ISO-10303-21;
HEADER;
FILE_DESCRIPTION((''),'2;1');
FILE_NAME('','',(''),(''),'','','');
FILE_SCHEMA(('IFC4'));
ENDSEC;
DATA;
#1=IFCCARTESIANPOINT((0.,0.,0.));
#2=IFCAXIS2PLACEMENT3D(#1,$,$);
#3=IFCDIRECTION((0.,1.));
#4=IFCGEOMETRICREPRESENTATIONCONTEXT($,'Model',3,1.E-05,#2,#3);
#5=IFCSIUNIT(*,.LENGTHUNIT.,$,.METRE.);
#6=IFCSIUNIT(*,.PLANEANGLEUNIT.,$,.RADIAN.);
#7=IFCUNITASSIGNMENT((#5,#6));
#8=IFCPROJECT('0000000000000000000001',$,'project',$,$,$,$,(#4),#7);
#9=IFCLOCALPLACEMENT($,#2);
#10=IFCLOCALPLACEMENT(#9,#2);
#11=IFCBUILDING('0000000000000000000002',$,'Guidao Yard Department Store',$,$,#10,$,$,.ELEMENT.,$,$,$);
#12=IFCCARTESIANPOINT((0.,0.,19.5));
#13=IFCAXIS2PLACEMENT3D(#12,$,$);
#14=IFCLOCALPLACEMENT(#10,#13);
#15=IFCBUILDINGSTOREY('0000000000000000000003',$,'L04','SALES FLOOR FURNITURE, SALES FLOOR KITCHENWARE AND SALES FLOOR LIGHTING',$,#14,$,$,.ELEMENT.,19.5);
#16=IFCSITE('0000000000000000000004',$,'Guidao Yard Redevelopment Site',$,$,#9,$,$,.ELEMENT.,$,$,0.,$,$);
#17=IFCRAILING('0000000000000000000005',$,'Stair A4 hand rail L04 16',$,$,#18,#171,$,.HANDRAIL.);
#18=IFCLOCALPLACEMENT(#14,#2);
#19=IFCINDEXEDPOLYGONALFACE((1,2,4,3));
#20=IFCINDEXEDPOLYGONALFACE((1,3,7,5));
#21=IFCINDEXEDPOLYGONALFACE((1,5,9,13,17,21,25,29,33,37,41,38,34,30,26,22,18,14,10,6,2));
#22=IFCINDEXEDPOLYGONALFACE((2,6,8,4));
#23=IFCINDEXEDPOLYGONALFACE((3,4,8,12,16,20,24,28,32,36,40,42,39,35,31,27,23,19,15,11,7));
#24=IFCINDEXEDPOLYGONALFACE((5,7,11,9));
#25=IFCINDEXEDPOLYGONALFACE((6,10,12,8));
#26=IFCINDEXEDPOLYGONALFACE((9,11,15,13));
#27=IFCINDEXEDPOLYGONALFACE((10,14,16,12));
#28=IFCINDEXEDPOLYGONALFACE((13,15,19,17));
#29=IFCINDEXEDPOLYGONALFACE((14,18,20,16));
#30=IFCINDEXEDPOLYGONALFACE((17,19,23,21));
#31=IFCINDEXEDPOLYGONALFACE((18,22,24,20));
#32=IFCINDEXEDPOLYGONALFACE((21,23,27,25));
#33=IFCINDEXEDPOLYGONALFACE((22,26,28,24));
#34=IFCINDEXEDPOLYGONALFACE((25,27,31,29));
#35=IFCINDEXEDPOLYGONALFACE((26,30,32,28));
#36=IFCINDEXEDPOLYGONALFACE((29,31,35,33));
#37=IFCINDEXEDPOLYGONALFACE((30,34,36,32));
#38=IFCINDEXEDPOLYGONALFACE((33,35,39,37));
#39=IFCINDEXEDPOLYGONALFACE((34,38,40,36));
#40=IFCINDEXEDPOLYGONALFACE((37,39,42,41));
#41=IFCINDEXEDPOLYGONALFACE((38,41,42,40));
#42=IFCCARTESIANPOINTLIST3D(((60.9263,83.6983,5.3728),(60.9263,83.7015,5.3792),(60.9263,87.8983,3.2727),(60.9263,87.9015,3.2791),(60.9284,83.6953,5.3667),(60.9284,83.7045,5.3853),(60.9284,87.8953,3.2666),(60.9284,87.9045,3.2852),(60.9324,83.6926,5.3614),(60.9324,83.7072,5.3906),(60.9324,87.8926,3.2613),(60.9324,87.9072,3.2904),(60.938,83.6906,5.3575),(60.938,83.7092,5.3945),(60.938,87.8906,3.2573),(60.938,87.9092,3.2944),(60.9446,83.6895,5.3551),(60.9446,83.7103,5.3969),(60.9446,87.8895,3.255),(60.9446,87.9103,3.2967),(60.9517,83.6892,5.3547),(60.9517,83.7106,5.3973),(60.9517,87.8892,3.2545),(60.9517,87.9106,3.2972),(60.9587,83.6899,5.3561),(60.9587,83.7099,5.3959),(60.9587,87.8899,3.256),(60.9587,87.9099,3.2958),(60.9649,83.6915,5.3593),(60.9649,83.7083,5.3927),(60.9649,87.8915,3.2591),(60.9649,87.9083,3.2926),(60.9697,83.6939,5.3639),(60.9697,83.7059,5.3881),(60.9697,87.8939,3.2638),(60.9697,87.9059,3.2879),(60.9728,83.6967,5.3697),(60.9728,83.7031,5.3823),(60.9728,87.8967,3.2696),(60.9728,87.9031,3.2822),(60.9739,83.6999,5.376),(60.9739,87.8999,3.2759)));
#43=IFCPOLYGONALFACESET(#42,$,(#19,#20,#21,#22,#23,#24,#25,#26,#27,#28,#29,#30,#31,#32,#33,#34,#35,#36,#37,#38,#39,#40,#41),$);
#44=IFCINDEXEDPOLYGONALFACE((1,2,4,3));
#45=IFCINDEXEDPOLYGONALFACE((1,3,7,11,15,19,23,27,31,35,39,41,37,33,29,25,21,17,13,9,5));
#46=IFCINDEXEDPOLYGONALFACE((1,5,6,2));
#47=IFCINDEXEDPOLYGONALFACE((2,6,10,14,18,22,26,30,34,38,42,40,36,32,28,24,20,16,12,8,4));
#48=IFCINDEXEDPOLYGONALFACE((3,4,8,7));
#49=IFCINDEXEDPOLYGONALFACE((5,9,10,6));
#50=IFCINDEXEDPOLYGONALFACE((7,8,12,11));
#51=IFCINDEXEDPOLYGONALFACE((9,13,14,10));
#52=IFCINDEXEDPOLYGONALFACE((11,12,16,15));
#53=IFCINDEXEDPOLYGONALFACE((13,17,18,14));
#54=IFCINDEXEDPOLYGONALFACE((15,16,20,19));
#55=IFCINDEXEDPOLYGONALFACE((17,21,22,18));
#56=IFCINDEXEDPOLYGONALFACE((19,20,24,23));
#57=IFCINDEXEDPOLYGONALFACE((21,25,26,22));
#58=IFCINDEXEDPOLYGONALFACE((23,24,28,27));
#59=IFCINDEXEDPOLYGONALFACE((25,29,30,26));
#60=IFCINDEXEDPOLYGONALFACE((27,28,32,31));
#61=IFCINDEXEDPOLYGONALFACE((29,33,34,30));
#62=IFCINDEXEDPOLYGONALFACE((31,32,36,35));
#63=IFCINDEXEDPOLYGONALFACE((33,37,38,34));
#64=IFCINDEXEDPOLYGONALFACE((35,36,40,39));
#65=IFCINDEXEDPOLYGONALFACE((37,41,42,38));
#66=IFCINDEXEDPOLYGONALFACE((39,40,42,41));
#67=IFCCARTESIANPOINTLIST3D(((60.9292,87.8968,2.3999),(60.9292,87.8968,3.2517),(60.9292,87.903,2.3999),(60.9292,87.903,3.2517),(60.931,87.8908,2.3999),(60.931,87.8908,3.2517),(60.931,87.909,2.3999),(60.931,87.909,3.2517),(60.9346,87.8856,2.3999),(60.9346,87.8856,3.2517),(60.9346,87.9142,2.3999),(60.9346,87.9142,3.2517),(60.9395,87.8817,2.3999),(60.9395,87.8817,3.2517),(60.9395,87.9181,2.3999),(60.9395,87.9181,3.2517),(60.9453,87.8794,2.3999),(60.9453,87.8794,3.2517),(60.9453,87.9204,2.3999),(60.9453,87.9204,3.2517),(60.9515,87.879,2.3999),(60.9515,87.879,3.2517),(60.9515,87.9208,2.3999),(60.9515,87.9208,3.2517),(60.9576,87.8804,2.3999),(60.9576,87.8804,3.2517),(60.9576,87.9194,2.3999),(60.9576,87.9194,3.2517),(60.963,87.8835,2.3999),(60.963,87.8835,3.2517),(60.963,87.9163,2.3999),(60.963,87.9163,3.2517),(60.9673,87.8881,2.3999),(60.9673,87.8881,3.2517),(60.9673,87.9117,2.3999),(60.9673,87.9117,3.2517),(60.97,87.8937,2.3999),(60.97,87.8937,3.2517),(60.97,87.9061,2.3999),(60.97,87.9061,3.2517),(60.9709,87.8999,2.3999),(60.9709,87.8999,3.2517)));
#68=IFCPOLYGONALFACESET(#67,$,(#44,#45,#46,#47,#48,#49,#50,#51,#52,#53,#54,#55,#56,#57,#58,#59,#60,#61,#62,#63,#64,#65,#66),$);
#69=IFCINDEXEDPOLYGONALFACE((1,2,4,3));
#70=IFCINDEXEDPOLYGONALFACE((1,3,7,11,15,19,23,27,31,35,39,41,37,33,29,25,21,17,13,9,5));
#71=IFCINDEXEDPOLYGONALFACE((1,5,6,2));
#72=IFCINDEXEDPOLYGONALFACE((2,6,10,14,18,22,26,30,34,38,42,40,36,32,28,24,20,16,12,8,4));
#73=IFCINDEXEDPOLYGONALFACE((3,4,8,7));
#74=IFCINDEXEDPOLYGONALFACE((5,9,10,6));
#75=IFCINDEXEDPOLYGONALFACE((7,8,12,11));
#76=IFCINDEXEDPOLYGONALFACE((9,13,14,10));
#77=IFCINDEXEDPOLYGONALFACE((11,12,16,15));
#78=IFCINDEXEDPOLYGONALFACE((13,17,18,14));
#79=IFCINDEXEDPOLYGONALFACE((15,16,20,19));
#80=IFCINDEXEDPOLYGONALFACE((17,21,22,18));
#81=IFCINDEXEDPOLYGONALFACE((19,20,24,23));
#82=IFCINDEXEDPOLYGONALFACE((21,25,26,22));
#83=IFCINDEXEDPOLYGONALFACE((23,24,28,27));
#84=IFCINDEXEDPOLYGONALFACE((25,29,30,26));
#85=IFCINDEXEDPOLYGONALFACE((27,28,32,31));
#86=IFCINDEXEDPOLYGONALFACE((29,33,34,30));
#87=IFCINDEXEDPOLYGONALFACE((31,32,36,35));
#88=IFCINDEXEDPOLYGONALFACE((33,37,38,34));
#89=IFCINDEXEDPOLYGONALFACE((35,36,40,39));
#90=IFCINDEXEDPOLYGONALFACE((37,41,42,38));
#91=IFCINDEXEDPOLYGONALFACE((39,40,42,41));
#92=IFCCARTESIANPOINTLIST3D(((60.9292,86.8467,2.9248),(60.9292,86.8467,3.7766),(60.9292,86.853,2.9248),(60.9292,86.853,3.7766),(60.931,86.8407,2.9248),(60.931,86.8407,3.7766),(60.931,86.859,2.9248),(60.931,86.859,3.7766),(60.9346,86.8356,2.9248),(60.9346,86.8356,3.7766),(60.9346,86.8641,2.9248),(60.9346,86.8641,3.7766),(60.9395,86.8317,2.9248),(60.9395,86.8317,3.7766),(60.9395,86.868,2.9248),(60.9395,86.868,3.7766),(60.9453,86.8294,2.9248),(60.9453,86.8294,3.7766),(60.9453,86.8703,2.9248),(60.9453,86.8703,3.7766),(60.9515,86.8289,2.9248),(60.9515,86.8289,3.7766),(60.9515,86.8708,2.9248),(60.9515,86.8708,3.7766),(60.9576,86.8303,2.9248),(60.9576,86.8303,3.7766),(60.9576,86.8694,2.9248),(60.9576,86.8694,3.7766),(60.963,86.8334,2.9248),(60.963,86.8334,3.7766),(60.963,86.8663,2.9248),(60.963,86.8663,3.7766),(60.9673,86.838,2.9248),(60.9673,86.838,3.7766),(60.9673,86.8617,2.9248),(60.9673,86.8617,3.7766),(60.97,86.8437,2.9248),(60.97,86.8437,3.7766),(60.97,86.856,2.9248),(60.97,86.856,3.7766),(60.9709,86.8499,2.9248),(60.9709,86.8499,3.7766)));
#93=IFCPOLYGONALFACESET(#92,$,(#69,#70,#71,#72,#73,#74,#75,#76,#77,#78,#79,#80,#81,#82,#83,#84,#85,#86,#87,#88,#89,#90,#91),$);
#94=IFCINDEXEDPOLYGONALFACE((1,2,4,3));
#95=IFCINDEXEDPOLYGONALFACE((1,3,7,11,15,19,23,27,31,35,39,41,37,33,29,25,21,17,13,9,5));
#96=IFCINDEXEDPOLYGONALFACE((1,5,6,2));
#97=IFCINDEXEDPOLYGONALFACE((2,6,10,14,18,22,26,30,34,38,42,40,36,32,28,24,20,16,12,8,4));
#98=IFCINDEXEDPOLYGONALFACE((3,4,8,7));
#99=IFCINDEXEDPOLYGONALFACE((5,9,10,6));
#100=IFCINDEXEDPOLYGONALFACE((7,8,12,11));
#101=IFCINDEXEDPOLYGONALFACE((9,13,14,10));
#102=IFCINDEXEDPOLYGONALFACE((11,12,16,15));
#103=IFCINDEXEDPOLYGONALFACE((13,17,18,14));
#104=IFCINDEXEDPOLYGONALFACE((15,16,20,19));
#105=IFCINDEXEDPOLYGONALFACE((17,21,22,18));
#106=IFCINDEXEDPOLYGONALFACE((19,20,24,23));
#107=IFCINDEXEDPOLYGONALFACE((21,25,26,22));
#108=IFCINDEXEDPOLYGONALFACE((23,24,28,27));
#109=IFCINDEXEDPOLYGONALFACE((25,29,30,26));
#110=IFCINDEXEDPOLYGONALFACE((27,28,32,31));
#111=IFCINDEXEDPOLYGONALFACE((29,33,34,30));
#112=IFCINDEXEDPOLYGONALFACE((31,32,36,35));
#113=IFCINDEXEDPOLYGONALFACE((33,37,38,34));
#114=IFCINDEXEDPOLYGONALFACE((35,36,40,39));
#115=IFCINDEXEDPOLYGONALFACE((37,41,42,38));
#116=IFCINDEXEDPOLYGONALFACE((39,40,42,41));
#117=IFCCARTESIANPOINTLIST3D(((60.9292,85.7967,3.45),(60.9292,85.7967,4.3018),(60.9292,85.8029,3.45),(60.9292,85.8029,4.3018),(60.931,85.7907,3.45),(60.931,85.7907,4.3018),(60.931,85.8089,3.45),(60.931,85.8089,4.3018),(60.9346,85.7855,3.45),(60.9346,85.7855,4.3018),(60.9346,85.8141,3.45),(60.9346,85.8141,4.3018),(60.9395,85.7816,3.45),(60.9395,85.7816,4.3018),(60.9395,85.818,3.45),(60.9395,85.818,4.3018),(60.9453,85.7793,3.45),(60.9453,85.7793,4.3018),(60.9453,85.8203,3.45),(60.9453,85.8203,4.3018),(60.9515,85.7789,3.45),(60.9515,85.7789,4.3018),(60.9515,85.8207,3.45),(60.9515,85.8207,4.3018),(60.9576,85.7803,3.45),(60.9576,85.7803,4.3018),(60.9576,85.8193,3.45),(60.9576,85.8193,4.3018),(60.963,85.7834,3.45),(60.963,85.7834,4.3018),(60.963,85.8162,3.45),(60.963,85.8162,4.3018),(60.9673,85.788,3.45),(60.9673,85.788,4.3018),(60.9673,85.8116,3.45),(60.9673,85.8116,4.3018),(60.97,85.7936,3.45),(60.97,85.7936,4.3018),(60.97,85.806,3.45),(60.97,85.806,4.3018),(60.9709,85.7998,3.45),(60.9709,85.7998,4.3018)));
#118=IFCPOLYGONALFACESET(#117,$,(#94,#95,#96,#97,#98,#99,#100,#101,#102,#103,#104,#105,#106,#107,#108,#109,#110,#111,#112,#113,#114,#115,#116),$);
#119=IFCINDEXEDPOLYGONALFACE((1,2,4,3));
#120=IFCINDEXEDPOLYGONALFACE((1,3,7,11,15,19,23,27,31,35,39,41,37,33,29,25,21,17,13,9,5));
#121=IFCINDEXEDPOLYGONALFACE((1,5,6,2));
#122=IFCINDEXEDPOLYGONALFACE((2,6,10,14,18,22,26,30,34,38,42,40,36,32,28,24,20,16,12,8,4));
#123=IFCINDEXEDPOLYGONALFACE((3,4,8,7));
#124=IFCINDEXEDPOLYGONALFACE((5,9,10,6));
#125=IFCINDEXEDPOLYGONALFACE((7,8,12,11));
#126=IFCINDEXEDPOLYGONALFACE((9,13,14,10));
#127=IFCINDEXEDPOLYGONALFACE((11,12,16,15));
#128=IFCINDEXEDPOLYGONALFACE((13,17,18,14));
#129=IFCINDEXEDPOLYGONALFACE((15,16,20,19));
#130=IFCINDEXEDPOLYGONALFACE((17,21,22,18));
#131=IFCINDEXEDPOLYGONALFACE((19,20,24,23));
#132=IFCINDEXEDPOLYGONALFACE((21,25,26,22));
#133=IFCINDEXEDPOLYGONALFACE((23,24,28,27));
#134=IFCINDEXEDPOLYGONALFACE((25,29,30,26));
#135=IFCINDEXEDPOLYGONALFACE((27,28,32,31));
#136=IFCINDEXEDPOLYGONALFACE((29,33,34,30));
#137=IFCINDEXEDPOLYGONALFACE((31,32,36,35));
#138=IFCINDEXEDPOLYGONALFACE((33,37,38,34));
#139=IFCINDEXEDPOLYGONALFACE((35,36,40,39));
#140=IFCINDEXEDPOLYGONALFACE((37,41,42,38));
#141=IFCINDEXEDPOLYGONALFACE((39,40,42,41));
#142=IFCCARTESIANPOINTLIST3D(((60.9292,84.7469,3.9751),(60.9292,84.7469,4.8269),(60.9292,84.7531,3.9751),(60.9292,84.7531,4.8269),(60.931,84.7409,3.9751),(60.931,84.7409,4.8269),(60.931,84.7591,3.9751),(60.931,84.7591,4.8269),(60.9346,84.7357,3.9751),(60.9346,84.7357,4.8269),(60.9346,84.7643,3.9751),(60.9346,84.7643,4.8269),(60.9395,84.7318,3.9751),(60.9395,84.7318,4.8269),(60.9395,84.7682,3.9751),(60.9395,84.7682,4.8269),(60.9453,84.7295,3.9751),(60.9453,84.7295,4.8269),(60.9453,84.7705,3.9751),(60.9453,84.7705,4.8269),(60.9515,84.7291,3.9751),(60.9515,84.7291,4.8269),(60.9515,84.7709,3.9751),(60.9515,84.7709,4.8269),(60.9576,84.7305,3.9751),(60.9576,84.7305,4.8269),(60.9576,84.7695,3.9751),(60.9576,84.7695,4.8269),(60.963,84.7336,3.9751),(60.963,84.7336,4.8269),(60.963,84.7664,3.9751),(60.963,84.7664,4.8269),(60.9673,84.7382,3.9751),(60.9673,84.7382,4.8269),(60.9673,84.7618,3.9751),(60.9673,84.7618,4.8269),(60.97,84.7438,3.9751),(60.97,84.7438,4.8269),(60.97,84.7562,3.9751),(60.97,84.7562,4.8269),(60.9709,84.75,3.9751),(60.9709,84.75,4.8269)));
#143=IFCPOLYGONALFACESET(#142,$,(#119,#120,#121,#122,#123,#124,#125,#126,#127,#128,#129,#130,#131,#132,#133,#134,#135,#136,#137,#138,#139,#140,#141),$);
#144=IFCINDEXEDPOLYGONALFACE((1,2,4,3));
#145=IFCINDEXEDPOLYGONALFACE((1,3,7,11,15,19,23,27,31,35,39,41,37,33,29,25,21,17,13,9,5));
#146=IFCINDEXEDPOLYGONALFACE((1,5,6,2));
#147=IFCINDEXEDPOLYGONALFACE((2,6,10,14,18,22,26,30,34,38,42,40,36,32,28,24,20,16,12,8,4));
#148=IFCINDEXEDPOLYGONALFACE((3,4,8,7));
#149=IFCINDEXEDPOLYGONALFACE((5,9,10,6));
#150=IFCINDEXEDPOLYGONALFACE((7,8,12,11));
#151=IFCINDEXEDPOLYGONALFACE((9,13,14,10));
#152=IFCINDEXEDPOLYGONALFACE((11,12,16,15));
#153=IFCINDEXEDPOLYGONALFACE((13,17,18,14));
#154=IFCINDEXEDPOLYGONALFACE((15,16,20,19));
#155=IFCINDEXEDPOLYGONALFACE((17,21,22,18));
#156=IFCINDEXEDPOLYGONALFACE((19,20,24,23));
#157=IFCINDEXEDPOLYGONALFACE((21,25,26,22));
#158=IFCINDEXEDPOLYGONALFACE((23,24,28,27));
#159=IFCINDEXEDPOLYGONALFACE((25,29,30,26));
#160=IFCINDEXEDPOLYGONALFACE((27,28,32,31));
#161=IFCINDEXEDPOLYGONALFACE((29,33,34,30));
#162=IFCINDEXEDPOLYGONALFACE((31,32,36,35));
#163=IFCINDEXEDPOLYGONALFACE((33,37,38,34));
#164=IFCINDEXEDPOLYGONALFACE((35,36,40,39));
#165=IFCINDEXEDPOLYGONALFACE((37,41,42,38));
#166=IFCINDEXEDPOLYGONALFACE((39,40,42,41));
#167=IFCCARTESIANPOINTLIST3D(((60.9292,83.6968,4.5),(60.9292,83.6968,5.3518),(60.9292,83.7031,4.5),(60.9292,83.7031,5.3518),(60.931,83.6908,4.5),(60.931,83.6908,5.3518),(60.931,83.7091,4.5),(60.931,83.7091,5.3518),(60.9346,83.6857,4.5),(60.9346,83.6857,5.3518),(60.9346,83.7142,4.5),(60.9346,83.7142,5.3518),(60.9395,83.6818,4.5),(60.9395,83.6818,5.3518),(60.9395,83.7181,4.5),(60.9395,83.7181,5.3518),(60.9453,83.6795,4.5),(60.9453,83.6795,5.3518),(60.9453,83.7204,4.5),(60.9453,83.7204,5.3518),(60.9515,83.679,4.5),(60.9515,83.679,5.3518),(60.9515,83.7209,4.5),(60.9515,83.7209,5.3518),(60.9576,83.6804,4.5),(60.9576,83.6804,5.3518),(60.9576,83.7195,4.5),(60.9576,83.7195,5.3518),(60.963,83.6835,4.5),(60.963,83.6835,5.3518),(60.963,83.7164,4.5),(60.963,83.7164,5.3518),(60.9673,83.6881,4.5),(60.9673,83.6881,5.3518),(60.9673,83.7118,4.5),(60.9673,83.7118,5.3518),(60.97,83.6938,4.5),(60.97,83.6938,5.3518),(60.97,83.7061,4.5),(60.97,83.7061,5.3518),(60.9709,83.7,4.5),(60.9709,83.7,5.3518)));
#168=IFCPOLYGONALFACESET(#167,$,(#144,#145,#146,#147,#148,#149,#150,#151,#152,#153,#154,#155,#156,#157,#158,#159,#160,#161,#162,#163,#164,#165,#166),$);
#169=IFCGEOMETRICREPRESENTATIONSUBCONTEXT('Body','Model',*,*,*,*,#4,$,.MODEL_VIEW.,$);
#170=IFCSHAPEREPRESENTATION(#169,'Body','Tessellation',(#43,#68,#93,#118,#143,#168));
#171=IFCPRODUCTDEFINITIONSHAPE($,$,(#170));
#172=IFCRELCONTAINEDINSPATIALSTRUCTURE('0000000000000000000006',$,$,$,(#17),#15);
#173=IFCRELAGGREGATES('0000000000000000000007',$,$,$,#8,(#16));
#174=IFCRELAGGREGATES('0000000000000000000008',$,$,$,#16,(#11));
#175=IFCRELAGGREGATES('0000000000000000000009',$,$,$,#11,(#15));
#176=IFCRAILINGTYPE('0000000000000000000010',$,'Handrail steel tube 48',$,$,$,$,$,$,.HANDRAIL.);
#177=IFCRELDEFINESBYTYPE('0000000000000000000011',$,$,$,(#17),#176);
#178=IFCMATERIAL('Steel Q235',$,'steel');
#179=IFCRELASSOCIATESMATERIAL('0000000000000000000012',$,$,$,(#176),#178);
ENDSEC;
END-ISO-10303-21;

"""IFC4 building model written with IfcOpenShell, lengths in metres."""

from ifc_helpers import new_model, si_unit, direction, frame, origin, origin_2d, place, context, subcontext, project, spatial, circle, extrude, material, type_object, element, save


model = new_model("IFC4")

# Units and contexts
model_context = context("Model", 3, precision=1e-05, world=origin(), true_north=direction((0.0, 1.0)))
body_context = subcontext(model_context, "Body", "Model", "MODEL_VIEW")
ifc_project = project(units=[si_unit("LENGTHUNIT", "METRE"), si_unit("PLANEANGLEUNIT", "RADIAN")], contexts=[model_context])

# Site, building, storey
site_placement = place(None, origin())
site = spatial("IfcSite", under=ifc_project, at=site_placement, Name="Guidao Yard Redevelopment Site", CompositionType="ELEMENT", RefElevation=0.0)
building_placement = place(site_placement, origin())
building = spatial("IfcBuilding", under=site, at=building_placement, Name="Guidao Yard Department Store", CompositionType="ELEMENT")
storey_placement = place(building_placement, frame((0.0, 0.0, 19.5)))
storey = spatial("IfcBuildingStorey", under=building, at=storey_placement, Name="L04", Description="SALES FLOOR FURNITURE, SALES FLOOR KITCHENWARE AND SALES FLOOR LIGHTING", CompositionType="ELEMENT", Elevation=19.5)

# Railing
ifc_material_1 = material(Name="Steel Q235", Category="steel")
railing_type_1 = type_object("IfcRailingType", Name="Handrail steel tube 48", PredefinedType="HANDRAIL", material=ifc_material_1)
railing_1_placement = place(storey_placement, frame((60.95, 87.8999, 2.3999)))
element("IfcRailing", 1, at=railing_1_placement, inside=storey, type_object=railing_type_1, Name="Stair A4 hand rail L04 16", PredefinedType="HANDRAIL", context=body_context, shape_type="SweptSolid", body=[
    extrude(circle(Radius=0.0239, at=origin_2d()), frame((0.0, 0.0, 0.876), z_axis=(0.0, -0.894417, 0.447234), x_axis=(1.0, 0.0, 0.0)), (0.0, 0.0, 1.0), 4.6958),
    extrude(circle(Radius=0.021, at=origin_2d()), origin(), (0.0, 0.0, 1.0), 0.8518),
    extrude(circle(Radius=0.021, at=origin_2d()), frame((0.0, -1.05, 0.5249)), (0.0, 0.0, 1.0), 0.8518),
    extrude(circle(Radius=0.021, at=origin_2d()), frame((0.0, -2.1001, 1.05)), (0.0, 0.0, 1.0), 0.8518),
    extrude(circle(Radius=0.021, at=origin_2d()), frame((0.0, -3.1499, 1.5752)), (0.0, 0.0, 1.0), 0.8518),
    extrude(circle(Radius=0.021, at=origin_2d()), frame((0.0, -4.2, 2.1001)), (0.0, 0.0, 1.0), 0.8518),
])

save(model, "model.ifc")
